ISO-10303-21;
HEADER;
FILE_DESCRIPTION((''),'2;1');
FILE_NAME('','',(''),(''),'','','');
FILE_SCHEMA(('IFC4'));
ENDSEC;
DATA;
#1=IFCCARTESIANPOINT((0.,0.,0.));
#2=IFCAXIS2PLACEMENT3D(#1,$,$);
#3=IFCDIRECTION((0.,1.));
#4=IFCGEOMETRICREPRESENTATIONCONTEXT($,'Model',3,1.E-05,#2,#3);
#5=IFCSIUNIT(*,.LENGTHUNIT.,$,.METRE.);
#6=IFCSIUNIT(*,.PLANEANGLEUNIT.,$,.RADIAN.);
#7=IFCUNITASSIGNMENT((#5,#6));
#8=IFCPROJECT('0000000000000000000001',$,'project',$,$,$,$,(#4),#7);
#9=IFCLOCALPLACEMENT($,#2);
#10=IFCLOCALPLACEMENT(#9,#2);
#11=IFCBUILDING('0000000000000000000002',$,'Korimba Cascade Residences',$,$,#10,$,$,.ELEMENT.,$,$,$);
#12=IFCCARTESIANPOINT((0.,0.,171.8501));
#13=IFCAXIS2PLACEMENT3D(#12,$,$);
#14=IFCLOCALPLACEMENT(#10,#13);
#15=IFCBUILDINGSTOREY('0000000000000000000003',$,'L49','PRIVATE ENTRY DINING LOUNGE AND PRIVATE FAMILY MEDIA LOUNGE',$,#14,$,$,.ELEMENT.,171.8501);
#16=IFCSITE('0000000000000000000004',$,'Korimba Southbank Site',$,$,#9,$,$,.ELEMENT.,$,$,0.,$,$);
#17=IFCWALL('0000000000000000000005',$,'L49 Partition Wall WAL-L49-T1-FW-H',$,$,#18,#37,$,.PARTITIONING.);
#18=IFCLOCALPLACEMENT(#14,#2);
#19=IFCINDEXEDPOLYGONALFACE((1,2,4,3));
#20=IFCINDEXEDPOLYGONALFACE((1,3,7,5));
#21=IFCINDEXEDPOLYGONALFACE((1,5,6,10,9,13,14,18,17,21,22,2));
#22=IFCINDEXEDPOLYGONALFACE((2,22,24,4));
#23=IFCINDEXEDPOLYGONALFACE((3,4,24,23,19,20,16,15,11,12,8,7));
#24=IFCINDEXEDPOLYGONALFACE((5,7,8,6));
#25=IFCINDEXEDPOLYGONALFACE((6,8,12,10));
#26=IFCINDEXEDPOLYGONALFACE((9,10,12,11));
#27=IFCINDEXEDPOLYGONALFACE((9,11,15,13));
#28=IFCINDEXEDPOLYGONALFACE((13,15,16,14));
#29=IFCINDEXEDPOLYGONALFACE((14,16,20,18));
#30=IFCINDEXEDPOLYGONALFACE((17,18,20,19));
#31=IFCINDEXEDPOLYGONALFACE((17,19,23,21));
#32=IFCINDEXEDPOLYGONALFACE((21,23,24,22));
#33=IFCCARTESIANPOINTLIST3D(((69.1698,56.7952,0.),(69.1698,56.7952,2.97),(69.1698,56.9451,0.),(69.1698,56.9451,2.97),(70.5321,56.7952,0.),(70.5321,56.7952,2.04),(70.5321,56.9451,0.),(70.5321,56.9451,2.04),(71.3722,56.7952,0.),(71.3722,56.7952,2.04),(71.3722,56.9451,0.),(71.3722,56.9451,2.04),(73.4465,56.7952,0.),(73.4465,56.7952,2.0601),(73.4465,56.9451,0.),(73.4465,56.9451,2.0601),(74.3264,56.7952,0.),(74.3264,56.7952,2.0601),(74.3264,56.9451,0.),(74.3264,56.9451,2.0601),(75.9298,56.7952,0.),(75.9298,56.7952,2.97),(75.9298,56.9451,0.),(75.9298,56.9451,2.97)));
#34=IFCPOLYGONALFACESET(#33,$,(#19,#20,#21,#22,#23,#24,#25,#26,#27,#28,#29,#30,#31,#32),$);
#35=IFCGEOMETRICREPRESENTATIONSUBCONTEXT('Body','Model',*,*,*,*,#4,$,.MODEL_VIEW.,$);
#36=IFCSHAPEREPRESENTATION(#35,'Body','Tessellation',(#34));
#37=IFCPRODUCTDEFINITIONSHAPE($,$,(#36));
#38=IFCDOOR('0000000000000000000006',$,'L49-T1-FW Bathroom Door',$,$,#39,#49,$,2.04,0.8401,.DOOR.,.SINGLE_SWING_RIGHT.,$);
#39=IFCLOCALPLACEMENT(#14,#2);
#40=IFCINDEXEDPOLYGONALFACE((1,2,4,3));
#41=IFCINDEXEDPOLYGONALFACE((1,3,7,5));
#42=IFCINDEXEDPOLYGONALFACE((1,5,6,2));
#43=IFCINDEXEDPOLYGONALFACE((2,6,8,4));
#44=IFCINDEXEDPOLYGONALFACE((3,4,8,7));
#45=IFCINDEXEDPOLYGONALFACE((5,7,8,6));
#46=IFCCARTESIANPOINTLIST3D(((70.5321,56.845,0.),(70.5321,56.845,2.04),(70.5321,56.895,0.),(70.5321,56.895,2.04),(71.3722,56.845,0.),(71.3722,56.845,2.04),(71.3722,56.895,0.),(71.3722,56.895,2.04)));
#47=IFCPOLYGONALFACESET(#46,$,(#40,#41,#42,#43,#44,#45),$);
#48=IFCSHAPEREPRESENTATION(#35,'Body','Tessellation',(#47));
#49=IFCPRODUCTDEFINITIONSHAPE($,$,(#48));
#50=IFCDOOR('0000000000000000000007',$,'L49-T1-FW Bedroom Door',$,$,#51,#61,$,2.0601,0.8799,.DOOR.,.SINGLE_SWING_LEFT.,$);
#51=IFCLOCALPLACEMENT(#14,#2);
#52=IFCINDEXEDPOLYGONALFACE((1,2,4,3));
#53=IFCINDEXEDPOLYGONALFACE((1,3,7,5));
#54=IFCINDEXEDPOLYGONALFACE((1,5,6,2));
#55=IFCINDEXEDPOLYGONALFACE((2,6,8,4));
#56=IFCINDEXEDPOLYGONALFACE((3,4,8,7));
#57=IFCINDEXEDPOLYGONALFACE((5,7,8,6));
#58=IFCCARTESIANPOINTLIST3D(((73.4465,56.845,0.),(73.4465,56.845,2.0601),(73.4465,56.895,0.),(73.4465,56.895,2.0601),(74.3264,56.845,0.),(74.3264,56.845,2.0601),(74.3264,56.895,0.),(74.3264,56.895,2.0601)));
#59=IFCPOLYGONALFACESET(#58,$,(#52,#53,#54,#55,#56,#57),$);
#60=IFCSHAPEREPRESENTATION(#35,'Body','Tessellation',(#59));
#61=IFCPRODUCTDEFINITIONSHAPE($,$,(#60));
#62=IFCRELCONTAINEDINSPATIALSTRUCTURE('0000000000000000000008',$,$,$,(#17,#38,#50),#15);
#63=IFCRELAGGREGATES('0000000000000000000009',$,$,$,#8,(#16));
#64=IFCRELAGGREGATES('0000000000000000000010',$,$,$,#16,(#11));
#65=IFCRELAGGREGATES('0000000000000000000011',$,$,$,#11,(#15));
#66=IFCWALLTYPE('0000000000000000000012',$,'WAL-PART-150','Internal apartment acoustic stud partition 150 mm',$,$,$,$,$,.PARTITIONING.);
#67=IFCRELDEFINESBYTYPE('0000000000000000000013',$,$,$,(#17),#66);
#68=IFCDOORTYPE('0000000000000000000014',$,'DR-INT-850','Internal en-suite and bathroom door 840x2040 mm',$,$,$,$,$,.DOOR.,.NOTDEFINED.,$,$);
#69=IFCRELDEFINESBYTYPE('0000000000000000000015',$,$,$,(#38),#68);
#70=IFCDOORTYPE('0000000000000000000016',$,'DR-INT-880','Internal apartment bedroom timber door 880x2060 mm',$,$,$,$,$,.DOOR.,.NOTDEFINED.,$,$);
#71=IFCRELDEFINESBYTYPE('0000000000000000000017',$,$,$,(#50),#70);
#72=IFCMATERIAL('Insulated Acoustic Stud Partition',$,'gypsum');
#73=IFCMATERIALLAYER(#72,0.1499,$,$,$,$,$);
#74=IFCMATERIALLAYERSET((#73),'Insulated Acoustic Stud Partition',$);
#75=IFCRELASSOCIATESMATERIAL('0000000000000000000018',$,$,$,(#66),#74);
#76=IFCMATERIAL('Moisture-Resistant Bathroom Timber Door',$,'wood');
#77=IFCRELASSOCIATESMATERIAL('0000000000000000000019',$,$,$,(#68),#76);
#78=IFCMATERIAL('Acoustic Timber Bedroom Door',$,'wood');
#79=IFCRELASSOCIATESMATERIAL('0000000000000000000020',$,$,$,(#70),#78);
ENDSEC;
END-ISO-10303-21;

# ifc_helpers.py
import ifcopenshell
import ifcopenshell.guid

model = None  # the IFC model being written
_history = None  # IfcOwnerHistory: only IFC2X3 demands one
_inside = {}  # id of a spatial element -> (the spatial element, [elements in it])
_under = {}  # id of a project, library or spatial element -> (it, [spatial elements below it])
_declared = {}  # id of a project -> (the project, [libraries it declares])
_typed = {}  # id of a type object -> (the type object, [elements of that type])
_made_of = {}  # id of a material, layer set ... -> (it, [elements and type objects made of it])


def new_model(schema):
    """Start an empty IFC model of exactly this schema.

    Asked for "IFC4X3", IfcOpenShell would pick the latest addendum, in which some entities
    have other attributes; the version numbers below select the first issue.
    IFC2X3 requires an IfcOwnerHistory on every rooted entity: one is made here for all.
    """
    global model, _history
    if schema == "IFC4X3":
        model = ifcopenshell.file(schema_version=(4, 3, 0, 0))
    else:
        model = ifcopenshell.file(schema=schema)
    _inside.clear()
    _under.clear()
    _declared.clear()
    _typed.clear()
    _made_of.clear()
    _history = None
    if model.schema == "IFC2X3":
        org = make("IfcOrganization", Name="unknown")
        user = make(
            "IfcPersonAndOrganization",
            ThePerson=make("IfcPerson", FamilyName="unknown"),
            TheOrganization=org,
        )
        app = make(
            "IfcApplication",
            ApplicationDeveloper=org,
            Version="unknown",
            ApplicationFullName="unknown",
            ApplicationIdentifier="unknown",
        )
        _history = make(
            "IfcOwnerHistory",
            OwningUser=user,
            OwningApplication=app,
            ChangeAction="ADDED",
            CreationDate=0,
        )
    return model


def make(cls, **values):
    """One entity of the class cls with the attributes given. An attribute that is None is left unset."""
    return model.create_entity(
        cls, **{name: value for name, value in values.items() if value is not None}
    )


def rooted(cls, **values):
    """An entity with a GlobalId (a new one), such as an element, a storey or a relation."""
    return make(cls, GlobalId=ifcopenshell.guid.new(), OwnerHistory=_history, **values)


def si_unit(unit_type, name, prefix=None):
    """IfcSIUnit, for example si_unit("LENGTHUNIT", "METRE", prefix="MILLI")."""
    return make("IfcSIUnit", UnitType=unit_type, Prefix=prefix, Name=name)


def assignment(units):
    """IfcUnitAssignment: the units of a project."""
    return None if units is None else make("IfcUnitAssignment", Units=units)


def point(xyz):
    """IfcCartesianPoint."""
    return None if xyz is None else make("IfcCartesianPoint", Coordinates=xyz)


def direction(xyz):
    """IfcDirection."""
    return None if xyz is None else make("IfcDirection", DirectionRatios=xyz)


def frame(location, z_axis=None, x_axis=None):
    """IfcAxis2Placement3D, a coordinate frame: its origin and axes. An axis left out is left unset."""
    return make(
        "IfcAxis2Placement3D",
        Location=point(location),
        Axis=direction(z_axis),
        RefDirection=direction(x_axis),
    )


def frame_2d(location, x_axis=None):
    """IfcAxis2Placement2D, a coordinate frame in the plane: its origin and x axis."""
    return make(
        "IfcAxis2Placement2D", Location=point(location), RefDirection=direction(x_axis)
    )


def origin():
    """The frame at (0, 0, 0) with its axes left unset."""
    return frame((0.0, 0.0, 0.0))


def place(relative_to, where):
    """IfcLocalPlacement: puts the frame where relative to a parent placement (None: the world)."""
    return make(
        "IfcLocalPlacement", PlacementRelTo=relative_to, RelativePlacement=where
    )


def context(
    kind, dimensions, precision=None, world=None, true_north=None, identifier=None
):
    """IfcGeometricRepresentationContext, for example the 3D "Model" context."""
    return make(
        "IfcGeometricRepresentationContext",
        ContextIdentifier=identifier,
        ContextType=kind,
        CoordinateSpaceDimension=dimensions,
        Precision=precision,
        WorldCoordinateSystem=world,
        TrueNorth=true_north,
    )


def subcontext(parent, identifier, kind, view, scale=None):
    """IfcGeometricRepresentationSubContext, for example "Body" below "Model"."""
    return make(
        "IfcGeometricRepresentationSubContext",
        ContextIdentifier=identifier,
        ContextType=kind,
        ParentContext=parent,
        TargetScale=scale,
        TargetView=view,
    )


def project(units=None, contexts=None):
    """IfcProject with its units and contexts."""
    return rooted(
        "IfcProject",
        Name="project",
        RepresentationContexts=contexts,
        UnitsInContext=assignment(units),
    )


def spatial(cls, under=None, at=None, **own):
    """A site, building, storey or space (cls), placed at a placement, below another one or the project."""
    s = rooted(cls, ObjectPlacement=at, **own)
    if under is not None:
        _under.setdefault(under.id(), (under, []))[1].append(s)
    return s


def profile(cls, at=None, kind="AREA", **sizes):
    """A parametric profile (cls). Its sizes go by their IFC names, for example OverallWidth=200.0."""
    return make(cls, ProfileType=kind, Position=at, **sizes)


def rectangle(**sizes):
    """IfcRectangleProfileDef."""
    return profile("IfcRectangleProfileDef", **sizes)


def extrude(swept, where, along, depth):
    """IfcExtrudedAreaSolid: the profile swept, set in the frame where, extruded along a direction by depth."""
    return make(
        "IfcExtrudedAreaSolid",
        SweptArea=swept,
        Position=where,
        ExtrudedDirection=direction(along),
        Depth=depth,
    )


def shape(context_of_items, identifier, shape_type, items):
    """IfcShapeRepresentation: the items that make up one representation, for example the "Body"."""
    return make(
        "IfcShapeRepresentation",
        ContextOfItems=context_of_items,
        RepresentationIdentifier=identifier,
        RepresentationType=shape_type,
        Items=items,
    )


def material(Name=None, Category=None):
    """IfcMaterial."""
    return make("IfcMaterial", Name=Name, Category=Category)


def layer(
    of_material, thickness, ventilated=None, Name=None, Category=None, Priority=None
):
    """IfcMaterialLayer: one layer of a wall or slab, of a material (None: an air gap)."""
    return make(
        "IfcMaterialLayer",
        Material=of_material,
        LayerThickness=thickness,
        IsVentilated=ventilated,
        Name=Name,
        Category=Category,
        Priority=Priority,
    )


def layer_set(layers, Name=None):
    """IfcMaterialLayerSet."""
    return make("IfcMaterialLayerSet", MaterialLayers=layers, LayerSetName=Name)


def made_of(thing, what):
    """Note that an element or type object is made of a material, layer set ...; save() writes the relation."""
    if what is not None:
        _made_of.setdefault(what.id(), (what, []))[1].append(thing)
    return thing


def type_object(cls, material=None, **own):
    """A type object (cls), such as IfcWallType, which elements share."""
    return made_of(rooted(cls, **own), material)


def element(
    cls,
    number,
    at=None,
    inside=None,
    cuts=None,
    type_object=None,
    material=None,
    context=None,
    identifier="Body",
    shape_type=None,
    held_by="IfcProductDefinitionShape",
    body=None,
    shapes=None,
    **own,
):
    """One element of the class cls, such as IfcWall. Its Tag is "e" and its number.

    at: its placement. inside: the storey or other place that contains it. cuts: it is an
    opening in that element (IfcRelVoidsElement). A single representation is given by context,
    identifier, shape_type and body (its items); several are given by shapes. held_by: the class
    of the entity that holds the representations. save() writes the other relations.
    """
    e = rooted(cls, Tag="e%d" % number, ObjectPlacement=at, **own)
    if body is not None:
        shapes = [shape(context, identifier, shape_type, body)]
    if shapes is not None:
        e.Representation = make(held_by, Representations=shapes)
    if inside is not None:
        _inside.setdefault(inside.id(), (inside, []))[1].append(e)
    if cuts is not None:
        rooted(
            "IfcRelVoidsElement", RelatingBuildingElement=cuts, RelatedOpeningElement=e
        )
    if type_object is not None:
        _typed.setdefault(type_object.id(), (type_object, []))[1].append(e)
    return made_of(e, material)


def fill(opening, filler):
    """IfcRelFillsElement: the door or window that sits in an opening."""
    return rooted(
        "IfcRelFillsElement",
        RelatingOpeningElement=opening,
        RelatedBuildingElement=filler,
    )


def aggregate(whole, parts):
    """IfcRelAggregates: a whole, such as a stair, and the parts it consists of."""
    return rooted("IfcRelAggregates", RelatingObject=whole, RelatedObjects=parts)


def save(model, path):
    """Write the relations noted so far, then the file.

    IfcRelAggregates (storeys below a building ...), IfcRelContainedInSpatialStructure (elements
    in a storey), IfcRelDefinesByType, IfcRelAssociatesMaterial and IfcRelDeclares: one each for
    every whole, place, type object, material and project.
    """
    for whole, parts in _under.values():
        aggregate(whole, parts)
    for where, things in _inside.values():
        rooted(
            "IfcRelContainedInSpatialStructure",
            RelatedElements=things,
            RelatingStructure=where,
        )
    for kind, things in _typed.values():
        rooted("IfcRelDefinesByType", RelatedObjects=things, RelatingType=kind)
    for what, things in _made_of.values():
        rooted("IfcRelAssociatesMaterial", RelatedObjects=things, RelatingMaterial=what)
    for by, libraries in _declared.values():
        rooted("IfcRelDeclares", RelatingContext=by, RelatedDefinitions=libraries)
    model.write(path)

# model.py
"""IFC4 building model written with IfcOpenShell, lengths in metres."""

from ifc_helpers import new_model, si_unit, direction, frame, frame_2d, origin, place, context, subcontext, project, spatial, rectangle, extrude, material, layer, layer_set, type_object, element, fill, save


model = new_model("IFC4")

# Units and contexts
model_context = context("Model", 3, precision=1e-05, world=origin(), true_north=direction((0.0, 1.0)))
body_context = subcontext(model_context, "Body", "Model", "MODEL_VIEW")
ifc_project = project(units=[si_unit("LENGTHUNIT", "METRE"), si_unit("PLANEANGLEUNIT", "RADIAN")], contexts=[model_context])

# Site, building, storey
site_placement = place(None, origin())
site = spatial("IfcSite", under=ifc_project, at=site_placement, Name="Korimba Southbank Site", CompositionType="ELEMENT", RefElevation=0.0)
building_placement = place(site_placement, origin())
building = spatial("IfcBuilding", under=site, at=building_placement, Name="Korimba Cascade Residences", CompositionType="ELEMENT")
storey_placement = place(building_placement, frame((0.0, 0.0, 171.8501)))
storey = spatial("IfcBuildingStorey", under=building, at=storey_placement, Name="L49", Description="PRIVATE ENTRY DINING LOUNGE AND PRIVATE FAMILY MEDIA LOUNGE", CompositionType="ELEMENT", Elevation=171.8501)

# Shared definitions
ifc_material_1 = material(Name="Insulated Acoustic Stud Partition", Category="gypsum")
ifc_layer_1 = layer(ifc_material_1, 0.1499)
ifc_layer_set_1 = layer_set([ifc_layer_1], Name="Insulated Acoustic Stud Partition")
wall_type_1 = type_object("IfcWallType", Name="WAL-PART-150", Description="Internal apartment acoustic stud partition 150 mm", PredefinedType="PARTITIONING", material=ifc_layer_set_1)
ifc_material_2 = material(Name="Moisture-Resistant Bathroom Timber Door", Category="wood")
door_type_1 = type_object("IfcDoorType", Name="DR-INT-850", Description="Internal en-suite and bathroom door 840x2040 mm", OperationType="NOTDEFINED", PredefinedType="DOOR", material=ifc_material_2)

# Wall, openings, doors
wall_1_placement = place(storey_placement, frame((69.1699, 56.8701, 0.0), z_axis=(0.0, 0.0, 1.0), x_axis=(1.0, 0.0, 0.0)))
wall_1 = element("IfcWall", 1, at=wall_1_placement, inside=storey, type_object=wall_type_1, Name="L49 Partition Wall WAL-L49-T1-FW-H", PredefinedType="PARTITIONING", context=body_context, shape_type="SweptSolid", body=[
    extrude(rectangle(XDim=6.76, YDim=0.1499, at=frame_2d((3.3799, 0.0))), origin(), (0.0, 0.0, 1.0), 2.97),
])
opening_1_placement = place(wall_1_placement, frame((1.3623, 0.0, 0.0)))
opening_1 = element("IfcOpeningElement", 2, at=opening_1_placement, cuts=wall_1, PredefinedType="OPENING", context=body_context, shape_type="SweptSolid", body=[
    extrude(rectangle(XDim=0.8401, YDim=2.04, at=frame_2d((0.4199, 1.02))), frame((0.0, 0.085, 0.0), z_axis=(0.0, -1.0, 0.0), x_axis=(1.0, 0.0, 0.0)), (0.0, 0.0, 1.0), 0.1699),
])
opening_2_placement = place(wall_1_placement, frame((4.2766, 0.0, 0.0)))
opening_2 = element("IfcOpeningElement", 3, at=opening_2_placement, cuts=wall_1, PredefinedType="OPENING", context=body_context, shape_type="SweptSolid", body=[
    extrude(rectangle(XDim=0.8799, YDim=2.0601, at=frame_2d((0.4399, 1.03))), frame((0.0, 0.085, 0.0), z_axis=(0.0, -1.0, 0.0), x_axis=(1.0, 0.0, 0.0)), (0.0, 0.0, 1.0), 0.1699),
])
door_1_placement = place(opening_1_placement, origin())
door_1 = element("IfcDoor", 4, at=door_1_placement, inside=storey, type_object=door_type_1, Name="L49-T1-FW Bathroom Door", OperationType="SINGLE_SWING_RIGHT", OverallHeight=2.04, OverallWidth=0.8401, PredefinedType="DOOR", context=body_context, shape_type="SweptSolid", body=[
    extrude(rectangle(XDim=0.8401, YDim=2.04, at=frame_2d((0.4199, 1.02))), frame((0.0, 0.0249, 0.0), z_axis=(0.0, -1.0, 0.0), x_axis=(1.0, 0.0, 0.0)), (0.0, 0.0, 1.0), 0.05),
])
fill(opening_1, door_1)
ifc_material_3 = material(Name="Acoustic Timber Bedroom Door", Category="wood")
door_type_2 = type_object("IfcDoorType", Name="DR-INT-880", Description="Internal apartment bedroom timber door 880x2060 mm", OperationType="NOTDEFINED", PredefinedType="DOOR", material=ifc_material_3)
door_2_placement = place(opening_2_placement, origin())
door_2 = element("IfcDoor", 5, at=door_2_placement, inside=storey, type_object=door_type_2, Name="L49-T1-FW Bedroom Door", OperationType="SINGLE_SWING_LEFT", OverallHeight=2.0601, OverallWidth=0.8799, PredefinedType="DOOR", context=body_context, shape_type="SweptSolid", body=[
    extrude(rectangle(XDim=0.8799, YDim=2.0601, at=frame_2d((0.4399, 1.03))), frame((0.0, 0.0249, 0.0), z_axis=(0.0, -1.0, 0.0), x_axis=(1.0, 0.0, 0.0)), (0.0, 0.0, 1.0), 0.05),
])
fill(opening_2, door_2)

save(model, "model.ifc")
